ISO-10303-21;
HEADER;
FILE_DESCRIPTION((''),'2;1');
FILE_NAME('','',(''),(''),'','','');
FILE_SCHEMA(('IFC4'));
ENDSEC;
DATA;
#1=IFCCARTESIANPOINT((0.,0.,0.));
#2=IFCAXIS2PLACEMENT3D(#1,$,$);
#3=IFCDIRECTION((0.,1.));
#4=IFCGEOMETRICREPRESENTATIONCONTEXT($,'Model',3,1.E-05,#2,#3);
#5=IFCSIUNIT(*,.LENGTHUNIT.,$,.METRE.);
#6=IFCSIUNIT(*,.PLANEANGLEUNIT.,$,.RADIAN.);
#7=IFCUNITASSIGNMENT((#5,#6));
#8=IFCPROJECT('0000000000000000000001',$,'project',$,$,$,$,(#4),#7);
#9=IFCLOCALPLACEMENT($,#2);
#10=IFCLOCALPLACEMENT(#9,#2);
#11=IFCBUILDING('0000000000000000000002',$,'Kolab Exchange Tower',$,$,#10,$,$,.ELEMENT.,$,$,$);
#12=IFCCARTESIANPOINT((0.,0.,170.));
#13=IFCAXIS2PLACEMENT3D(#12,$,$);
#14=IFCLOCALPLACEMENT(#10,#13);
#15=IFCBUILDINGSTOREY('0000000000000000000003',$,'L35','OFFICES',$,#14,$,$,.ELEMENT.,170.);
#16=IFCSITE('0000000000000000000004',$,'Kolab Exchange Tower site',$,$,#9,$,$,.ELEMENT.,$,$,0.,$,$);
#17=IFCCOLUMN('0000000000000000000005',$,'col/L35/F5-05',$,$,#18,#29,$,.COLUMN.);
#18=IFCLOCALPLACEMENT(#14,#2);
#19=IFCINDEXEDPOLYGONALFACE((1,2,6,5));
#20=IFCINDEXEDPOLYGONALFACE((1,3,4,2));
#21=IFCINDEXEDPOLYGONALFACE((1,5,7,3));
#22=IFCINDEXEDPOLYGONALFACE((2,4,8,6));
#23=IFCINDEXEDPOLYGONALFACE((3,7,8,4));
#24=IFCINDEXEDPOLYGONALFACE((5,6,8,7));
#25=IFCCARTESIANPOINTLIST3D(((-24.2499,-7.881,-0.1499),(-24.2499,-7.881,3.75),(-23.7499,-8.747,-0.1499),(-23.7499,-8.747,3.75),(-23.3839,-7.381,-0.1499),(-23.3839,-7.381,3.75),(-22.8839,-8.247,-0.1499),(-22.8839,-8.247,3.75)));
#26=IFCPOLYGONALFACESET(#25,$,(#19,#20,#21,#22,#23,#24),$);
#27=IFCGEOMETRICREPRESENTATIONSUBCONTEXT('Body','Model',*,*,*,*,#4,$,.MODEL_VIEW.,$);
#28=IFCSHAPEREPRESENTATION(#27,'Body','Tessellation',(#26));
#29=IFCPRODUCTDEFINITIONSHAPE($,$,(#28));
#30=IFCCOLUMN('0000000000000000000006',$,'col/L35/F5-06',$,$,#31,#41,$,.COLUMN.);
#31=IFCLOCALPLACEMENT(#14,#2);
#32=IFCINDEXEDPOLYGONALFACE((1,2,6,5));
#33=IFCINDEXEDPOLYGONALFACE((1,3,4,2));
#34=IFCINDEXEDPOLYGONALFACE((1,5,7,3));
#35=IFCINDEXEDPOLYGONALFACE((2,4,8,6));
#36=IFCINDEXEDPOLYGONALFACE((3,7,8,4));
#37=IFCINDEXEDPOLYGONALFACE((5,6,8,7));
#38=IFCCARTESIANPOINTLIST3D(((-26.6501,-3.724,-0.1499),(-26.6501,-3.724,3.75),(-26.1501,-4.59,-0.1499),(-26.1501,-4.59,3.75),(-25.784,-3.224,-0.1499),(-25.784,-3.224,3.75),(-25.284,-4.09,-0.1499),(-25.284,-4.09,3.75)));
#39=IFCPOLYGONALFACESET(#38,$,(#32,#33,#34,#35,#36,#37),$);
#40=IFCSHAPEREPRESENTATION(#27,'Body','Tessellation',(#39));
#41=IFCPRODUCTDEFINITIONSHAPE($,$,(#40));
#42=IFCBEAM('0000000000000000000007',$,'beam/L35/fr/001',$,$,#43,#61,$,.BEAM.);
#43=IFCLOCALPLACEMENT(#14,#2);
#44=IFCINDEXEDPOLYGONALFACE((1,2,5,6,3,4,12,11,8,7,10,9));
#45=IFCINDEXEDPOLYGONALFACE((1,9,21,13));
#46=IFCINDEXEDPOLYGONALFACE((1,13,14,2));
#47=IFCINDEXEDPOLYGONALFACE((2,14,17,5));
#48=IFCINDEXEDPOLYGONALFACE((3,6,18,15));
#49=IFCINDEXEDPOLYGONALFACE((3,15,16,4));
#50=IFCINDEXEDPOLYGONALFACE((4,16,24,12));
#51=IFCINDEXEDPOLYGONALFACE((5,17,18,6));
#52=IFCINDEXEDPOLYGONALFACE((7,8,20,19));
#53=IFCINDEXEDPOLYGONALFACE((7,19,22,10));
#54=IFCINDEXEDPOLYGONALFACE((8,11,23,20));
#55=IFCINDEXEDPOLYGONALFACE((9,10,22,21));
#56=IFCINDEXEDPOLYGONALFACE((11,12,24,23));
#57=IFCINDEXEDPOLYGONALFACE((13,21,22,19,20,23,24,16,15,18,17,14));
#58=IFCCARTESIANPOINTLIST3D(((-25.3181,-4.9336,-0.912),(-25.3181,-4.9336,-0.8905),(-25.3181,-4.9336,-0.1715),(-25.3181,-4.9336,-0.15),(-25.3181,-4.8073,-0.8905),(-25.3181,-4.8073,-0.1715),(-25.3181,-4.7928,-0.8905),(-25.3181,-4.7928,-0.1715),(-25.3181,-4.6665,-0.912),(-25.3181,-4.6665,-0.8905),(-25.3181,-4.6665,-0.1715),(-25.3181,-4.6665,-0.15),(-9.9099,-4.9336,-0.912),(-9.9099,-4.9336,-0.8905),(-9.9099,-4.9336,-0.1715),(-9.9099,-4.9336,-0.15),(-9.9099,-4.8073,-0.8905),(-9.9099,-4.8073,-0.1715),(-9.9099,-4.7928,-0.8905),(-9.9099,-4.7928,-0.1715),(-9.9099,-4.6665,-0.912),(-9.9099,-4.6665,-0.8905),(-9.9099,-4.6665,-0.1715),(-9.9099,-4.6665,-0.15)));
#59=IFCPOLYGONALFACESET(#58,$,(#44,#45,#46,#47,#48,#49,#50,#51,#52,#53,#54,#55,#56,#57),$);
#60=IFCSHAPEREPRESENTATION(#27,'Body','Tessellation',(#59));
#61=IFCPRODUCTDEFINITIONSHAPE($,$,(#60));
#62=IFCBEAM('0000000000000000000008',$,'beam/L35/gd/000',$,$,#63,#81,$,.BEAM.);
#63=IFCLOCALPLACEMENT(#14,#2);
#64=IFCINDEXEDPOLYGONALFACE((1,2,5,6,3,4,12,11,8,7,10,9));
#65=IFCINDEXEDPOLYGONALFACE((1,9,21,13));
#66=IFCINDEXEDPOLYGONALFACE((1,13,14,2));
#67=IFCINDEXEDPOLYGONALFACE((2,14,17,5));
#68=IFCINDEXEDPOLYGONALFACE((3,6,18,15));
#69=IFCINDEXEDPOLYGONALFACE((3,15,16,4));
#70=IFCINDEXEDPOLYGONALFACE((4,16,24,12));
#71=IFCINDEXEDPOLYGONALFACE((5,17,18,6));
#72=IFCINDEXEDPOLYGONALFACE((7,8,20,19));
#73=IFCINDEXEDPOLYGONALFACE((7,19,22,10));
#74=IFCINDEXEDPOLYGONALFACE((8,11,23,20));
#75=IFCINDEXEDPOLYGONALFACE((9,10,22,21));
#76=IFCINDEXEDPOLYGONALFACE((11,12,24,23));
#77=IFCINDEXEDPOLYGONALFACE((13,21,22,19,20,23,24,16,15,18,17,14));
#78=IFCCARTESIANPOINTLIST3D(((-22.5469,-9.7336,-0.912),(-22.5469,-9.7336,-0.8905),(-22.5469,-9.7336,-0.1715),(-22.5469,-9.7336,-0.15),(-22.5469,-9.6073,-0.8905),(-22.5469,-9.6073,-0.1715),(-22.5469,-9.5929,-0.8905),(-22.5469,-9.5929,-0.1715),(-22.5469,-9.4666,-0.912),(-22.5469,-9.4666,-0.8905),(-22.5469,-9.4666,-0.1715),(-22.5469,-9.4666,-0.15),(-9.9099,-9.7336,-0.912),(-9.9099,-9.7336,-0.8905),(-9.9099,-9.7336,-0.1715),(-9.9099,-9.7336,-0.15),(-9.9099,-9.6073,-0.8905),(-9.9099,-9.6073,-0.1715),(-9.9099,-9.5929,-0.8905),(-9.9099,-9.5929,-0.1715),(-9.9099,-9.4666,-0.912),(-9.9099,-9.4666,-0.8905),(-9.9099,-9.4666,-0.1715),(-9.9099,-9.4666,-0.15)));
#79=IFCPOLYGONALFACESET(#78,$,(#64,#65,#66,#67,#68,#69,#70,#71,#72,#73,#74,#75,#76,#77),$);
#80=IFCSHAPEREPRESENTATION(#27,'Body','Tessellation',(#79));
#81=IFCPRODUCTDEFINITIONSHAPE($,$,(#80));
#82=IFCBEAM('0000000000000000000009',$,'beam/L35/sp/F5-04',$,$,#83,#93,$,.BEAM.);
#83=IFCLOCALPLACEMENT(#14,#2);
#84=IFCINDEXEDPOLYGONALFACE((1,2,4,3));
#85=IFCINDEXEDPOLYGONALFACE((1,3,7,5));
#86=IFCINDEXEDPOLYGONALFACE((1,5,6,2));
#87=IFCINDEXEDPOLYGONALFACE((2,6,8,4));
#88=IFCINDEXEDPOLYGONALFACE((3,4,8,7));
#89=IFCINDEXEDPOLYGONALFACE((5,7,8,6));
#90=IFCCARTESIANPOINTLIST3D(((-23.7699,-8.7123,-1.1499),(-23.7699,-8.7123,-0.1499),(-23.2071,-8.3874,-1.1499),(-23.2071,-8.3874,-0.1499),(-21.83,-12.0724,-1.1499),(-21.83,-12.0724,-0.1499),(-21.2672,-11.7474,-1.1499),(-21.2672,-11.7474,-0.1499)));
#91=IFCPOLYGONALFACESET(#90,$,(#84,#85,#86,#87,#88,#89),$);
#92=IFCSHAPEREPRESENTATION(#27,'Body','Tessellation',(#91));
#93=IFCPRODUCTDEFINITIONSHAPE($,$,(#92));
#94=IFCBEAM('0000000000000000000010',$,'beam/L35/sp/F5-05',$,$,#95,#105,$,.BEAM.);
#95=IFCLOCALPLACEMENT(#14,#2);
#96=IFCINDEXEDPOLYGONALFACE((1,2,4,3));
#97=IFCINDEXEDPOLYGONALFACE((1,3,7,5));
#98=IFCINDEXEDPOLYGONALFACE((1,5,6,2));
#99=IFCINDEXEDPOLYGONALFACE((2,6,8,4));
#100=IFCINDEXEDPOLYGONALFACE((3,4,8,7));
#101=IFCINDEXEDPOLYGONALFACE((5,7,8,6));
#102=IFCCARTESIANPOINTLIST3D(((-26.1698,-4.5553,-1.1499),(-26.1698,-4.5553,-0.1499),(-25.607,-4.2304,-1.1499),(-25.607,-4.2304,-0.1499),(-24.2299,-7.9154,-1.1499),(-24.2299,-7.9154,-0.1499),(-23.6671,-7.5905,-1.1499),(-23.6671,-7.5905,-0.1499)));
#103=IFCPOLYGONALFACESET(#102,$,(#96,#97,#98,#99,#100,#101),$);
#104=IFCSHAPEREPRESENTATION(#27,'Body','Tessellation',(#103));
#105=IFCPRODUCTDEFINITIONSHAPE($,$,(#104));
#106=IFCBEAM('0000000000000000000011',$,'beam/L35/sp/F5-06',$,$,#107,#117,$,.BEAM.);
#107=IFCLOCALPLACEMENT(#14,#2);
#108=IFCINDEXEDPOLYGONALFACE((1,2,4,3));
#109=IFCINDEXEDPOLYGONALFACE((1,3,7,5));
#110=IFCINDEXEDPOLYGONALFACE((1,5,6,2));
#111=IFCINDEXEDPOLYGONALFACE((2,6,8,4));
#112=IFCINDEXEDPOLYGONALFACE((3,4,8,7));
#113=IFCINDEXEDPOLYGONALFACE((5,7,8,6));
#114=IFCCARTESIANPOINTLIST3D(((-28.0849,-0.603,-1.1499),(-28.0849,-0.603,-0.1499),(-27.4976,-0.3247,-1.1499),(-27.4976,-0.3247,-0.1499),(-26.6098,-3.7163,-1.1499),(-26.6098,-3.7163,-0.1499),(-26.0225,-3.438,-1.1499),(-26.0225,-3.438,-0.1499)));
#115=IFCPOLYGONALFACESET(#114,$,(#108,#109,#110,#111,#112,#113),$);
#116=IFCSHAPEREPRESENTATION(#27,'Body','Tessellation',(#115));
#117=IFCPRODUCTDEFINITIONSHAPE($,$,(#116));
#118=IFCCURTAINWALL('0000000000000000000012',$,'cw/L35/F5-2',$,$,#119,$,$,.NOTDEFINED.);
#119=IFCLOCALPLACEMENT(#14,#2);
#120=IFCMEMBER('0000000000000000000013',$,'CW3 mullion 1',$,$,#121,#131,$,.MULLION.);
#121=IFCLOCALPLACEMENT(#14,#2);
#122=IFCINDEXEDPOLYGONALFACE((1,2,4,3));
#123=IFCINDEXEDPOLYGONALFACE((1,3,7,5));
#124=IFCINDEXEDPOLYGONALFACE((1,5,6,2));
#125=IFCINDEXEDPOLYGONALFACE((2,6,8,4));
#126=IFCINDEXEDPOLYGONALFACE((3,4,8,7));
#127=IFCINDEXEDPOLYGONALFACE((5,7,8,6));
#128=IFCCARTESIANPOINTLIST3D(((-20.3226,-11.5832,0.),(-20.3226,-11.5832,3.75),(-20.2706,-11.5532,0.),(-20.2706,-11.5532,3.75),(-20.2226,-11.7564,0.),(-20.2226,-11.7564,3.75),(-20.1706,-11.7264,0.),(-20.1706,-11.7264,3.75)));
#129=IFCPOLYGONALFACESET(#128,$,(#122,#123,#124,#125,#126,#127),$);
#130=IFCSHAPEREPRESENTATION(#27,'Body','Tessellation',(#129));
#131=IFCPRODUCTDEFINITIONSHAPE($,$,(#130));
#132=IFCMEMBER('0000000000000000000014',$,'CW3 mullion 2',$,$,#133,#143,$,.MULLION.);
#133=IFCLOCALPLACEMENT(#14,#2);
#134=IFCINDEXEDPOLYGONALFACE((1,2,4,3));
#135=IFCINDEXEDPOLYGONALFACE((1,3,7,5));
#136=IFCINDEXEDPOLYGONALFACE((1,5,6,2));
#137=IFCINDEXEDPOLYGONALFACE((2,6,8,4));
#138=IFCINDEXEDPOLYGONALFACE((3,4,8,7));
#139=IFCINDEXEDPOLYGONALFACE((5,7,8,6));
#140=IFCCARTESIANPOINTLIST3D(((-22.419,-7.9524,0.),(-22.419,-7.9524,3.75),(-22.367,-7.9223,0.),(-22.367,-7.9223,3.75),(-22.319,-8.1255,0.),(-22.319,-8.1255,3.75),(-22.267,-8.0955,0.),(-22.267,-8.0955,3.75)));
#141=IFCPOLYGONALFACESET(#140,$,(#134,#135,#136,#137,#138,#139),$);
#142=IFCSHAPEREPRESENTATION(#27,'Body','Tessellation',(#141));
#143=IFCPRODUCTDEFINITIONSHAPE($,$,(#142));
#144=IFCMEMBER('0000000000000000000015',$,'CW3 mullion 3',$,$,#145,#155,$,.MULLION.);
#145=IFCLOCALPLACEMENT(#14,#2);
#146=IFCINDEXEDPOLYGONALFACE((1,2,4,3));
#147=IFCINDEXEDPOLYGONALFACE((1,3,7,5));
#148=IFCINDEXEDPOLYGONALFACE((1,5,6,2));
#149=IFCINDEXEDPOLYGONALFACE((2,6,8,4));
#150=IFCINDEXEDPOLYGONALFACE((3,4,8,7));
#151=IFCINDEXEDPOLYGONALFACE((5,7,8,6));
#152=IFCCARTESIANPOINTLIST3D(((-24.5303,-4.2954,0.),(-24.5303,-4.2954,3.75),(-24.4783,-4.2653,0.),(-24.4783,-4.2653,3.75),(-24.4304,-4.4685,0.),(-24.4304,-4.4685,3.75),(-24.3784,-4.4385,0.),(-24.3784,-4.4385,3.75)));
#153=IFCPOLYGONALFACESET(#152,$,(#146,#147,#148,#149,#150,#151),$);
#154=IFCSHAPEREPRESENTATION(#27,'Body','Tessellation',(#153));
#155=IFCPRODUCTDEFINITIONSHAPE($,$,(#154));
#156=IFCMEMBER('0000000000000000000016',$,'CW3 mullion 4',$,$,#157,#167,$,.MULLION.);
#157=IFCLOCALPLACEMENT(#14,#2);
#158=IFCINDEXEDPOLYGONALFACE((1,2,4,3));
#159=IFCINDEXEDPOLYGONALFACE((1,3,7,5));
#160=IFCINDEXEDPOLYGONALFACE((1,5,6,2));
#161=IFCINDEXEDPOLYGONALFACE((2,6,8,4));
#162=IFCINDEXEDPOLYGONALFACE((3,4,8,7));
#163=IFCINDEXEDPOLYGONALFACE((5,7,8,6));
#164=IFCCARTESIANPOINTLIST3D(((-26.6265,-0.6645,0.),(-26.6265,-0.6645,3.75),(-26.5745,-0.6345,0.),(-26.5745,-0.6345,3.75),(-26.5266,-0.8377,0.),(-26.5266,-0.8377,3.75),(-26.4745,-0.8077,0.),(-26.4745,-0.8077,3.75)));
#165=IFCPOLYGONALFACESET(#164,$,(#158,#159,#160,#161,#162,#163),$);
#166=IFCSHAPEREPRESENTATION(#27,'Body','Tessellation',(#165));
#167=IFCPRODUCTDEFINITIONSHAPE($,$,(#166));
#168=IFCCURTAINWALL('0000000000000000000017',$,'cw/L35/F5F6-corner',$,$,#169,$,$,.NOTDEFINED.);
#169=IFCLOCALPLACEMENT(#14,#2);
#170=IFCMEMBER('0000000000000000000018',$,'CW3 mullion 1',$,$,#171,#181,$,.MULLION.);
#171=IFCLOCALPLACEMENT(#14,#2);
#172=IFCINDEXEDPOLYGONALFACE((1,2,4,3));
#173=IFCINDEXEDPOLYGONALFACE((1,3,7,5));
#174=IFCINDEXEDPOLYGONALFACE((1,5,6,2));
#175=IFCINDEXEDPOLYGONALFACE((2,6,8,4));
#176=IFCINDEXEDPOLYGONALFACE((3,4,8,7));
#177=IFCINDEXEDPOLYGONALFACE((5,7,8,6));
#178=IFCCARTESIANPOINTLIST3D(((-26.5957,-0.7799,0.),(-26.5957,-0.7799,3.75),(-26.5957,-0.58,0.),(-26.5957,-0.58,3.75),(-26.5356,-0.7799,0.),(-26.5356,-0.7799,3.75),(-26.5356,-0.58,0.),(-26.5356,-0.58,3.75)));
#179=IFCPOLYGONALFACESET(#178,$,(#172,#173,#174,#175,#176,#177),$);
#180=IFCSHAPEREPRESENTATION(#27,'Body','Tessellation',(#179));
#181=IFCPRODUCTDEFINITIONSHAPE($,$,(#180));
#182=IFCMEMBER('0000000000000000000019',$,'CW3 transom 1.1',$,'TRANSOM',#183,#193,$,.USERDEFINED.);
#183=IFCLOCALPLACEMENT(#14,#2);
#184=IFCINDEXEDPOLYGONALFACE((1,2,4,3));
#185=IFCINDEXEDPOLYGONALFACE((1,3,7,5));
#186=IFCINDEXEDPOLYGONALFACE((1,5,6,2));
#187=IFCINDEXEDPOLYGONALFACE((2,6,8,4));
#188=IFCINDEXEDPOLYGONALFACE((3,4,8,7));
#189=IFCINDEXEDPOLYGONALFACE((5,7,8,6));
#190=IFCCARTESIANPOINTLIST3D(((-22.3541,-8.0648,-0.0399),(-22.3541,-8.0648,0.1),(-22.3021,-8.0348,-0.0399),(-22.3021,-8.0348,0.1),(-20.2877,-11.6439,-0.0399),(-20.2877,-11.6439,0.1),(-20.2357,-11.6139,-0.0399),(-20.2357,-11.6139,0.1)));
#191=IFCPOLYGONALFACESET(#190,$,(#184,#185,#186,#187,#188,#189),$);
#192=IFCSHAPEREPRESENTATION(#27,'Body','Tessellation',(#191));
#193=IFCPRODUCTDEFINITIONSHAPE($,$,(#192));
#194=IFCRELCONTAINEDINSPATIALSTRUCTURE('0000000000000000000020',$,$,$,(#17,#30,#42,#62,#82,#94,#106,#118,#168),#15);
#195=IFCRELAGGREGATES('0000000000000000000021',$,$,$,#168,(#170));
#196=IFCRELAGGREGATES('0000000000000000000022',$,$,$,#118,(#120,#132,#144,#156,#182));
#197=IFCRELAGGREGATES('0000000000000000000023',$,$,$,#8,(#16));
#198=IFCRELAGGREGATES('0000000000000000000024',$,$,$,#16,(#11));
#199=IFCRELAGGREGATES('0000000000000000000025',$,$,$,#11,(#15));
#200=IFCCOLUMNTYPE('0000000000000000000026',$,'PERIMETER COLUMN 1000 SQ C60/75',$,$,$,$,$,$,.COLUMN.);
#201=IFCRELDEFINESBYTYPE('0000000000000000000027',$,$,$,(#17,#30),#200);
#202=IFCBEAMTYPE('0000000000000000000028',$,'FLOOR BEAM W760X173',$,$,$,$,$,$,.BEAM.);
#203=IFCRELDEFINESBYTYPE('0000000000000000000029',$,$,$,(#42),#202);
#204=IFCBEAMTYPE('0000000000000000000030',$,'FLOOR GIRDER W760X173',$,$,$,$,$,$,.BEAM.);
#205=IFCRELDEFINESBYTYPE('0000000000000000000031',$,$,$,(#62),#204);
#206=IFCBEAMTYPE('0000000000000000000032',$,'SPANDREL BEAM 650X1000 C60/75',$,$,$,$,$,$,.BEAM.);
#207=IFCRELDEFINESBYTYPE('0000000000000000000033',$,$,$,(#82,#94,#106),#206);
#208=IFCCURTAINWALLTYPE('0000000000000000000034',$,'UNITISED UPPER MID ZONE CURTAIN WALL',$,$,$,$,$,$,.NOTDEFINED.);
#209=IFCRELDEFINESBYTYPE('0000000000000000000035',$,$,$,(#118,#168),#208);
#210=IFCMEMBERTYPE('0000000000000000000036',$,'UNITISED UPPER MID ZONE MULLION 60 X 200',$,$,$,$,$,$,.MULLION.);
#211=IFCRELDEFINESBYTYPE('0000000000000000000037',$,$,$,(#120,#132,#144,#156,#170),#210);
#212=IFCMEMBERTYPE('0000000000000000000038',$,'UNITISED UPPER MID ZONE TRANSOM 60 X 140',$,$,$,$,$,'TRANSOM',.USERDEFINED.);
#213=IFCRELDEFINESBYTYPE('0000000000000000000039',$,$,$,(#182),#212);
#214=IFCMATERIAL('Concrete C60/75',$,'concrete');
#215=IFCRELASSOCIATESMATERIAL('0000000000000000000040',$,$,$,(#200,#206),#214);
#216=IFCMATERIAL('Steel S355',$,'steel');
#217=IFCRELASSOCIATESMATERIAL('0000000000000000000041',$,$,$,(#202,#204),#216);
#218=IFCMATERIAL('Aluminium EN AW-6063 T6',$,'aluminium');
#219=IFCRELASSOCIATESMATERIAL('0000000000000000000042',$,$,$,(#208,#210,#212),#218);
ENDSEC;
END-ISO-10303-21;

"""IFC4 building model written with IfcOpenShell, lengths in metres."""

from ifc_helpers import new_model, si_unit, direction, frame, origin, origin_2d, place, context, subcontext, project, spatial, rectangle, i_section, extrude, material, material_profile, profile_set, type_object, element, aggregate, save


model = new_model("IFC4")

# Units and contexts
model_context = context("Model", 3, precision=1e-05, world=origin(), true_north=direction((0.0, 1.0)))
body_context = subcontext(model_context, "Body", "Model", "MODEL_VIEW")
ifc_project = project(units=[si_unit("LENGTHUNIT", "METRE"), si_unit("PLANEANGLEUNIT", "RADIAN")], contexts=[model_context])

# Site, building, storey
site_placement = place(None, origin())
site = spatial("IfcSite", under=ifc_project, at=site_placement, Name="Kolab Exchange Tower site", CompositionType="ELEMENT", RefElevation=0.0)
building_placement = place(site_placement, origin())
building = spatial("IfcBuilding", under=site, at=building_placement, Name="Kolab Exchange Tower", CompositionType="ELEMENT")
storey_placement = place(building_placement, frame((0.0, 0.0, 170.0)))
storey = spatial("IfcBuildingStorey", under=building, at=storey_placement, Name="L35", Description="OFFICES", CompositionType="ELEMENT", Elevation=170.0)

# Columns
ifc_material_1 = material(Name="Concrete C60/75", Category="concrete")
ifc_material_profile_1 = material_profile(ifc_material_1, rectangle(XDim=1.0, YDim=1.0, at=origin_2d()), Name="RC1000")
ifc_profile_set_1 = profile_set([ifc_material_profile_1], Name="Concrete C60/75")
column_type = type_object("IfcColumnType", Name="PERIMETER COLUMN 1000 SQ C60/75", PredefinedType="COLUMN", material=ifc_profile_set_1)
for number, where, z_axis, x_axis, name in (
    (1, (-23.5669, -8.064, -0.1499), (0.0, 0.0, 1.0), (0.866025, 0.5, 0.0), "col/L35/F5-05"),
    (2, (-25.967, -3.907, -0.1499), (0.0, 0.0, 1.0), (0.866025, 0.5, 0.0), "col/L35/F5-06"),
):
    element("IfcColumn", number, at=place(storey_placement, frame(where, z_axis=z_axis, x_axis=x_axis)), inside=storey, type_object=column_type, Name=name, PredefinedType="COLUMN", context=body_context, shape_type="SweptSolid", body=[
        extrude(rectangle(XDim=1.0, YDim=1.0, at=origin_2d()), origin(), (0.0, 0.0, 1.0), 3.8999),
    ])

# Beams
ifc_material_2 = material(Name="Steel S355", Category="steel")
ifc_material_profile_2 = material_profile(ifc_material_2, i_section(OverallWidth=0.2671, OverallDepth=0.762, WebThickness=0.0144, FlangeThickness=0.0215, at=origin_2d()), Name="W760X173")
ifc_profile_set_2 = profile_set([ifc_material_profile_2], Name="Steel S355")
beam_type_1 = type_object("IfcBeamType", Name="FLOOR BEAM W760X173", PredefinedType="BEAM", material=ifc_profile_set_2)
beam_1_placement = place(storey_placement, frame((-25.3181, -4.8, -0.531), z_axis=(1.0, 0.0, 0.0), x_axis=(0.0, 1.0, 0.0)))
element("IfcBeam", 3, at=beam_1_placement, inside=storey, type_object=beam_type_1, Name="beam/L35/fr/001", PredefinedType="BEAM", context=body_context, shape_type="SweptSolid", body=[
    extrude(i_section(OverallWidth=0.2671, OverallDepth=0.762, WebThickness=0.0144, FlangeThickness=0.0215, at=origin_2d()), origin(), (0.0, 0.0, 1.0), 15.4082),
])
ifc_material_profile_3 = material_profile(ifc_material_2, i_section(OverallWidth=0.2671, OverallDepth=0.762, WebThickness=0.0144, FlangeThickness=0.0215, at=origin_2d()), Name="W760X173")
ifc_profile_set_3 = profile_set([ifc_material_profile_3], Name="Steel S355")
beam_type_2 = type_object("IfcBeamType", Name="FLOOR GIRDER W760X173", PredefinedType="BEAM", material=ifc_profile_set_3)
beam_2_placement = place(storey_placement, frame((-22.5469, -9.6001, -0.531), z_axis=(1.0, 0.0, 0.0), x_axis=(0.0, 1.0, 0.0)))
element("IfcBeam", 4, at=beam_2_placement, inside=storey, type_object=beam_type_2, Name="beam/L35/gd/000", PredefinedType="BEAM", context=body_context, shape_type="SweptSolid", body=[
    extrude(i_section(OverallWidth=0.2671, OverallDepth=0.762, WebThickness=0.0144, FlangeThickness=0.0215, at=origin_2d()), origin(), (0.0, 0.0, 1.0), 12.637),
])
ifc_material_profile_4 = material_profile(ifc_material_1, rectangle(XDim=0.6499, YDim=1.0, at=origin_2d()), Name="RC650X1000")
ifc_profile_set_4 = profile_set([ifc_material_profile_4], Name="Concrete C60/75")
beam_type_3 = type_object("IfcBeamType", Name="SPANDREL BEAM 650X1000 C60/75", PredefinedType="BEAM", material=ifc_profile_set_4)
for number, where, z_axis, x_axis, name in (
    (5, (-21.5486, -11.9099, -0.6499), (-0.499997, 0.866027, 0.0), (-0.866027, -0.499997, 0.0), "beam/L35/sp/F5-04"),
    (6, (-23.9485, -7.7529, -0.6499), (-0.499997, 0.866027, 0.0), (-0.866027, -0.499997, 0.0), "beam/L35/sp/F5-05"),
):
    element("IfcBeam", number, at=place(storey_placement, frame(where, z_axis=z_axis, x_axis=x_axis)), inside=storey, type_object=beam_type_3, Name=name, PredefinedType="BEAM", context=body_context, shape_type="SweptSolid", body=[
        extrude(rectangle(XDim=0.6499, YDim=1.0, at=origin_2d()), origin(), (0.0, 0.0, 1.0), 3.8799),
    ])
beam_3_placement = place(storey_placement, frame((-26.3162, -3.5771, -0.6499), z_axis=(-0.428178, 0.903695, 0.0), x_axis=(-0.903695, -0.428178, 0.0)))
element("IfcBeam", 7, at=beam_3_placement, inside=storey, type_object=beam_type_3, Name="beam/L35/sp/F5-06", PredefinedType="BEAM", context=body_context, shape_type="SweptSolid", body=[
    extrude(rectangle(XDim=0.6499, YDim=1.0, at=origin_2d()), origin(), (0.0, 0.0, 1.0), 3.4451),
])

# Curtain wall, members
ifc_material_3 = material(Name="Aluminium EN AW-6063 T6", Category="aluminium")
curtain_wall_type = type_object("IfcCurtainWallType", Name="UNITISED UPPER MID ZONE CURTAIN WALL", PredefinedType="NOTDEFINED", material=ifc_material_3)
curtain_wall_1_placement = place(storey_placement, origin())
curtain_wall_1 = element("IfcCurtainWall", 8, at=curtain_wall_1_placement, inside=storey, type_object=curtain_wall_type, Name="cw/L35/F5-2", PredefinedType="NOTDEFINED")
ifc_material_profile_5 = material_profile(ifc_material_3, rectangle(XDim=0.0601, YDim=0.2, at=origin_2d()), Name="RECT 60X200")
ifc_profile_set_5 = profile_set([ifc_material_profile_5], Name="Aluminium EN AW-6063 T6")
member_type_1 = type_object("IfcMemberType", Name="UNITISED UPPER MID ZONE MULLION 60 X 200", PredefinedType="MULLION", material=ifc_profile_set_5)
member_1_placement = place(storey_placement, frame((-20.2466, -11.6548, 0.0), z_axis=(0.0, 0.0, 1.0), x_axis=(-0.866025, -0.5, 0.0)))
member_1 = element("IfcMember", 9, at=member_1_placement, type_object=member_type_1, Name="CW3 mullion 1", PredefinedType="MULLION", context=body_context, shape_type="SweptSolid", body=[
    extrude(rectangle(XDim=0.0601, YDim=0.2, at=origin_2d()), origin(), (0.0, 0.0, 1.0), 3.75),
])
member_2_placement = place(storey_placement, frame((-22.343, -8.0239, 0.0), z_axis=(0.0, 0.0, 1.0), x_axis=(-0.866025, -0.5, 0.0)))
member_2 = element("IfcMember", 10, at=member_2_placement, type_object=member_type_1, Name="CW3 mullion 2", PredefinedType="MULLION", context=body_context, shape_type="SweptSolid", body=[
    extrude(rectangle(XDim=0.0601, YDim=0.2, at=origin_2d()), origin(), (0.0, 0.0, 1.0), 3.75),
])
member_3_placement = place(storey_placement, frame((-24.4543, -4.3669, 0.0), z_axis=(0.0, 0.0, 1.0), x_axis=(-0.866025, -0.5, 0.0)))
member_3 = element("IfcMember", 11, at=member_3_placement, type_object=member_type_1, Name="CW3 mullion 3", PredefinedType="MULLION", context=body_context, shape_type="SweptSolid", body=[
    extrude(rectangle(XDim=0.0601, YDim=0.2, at=origin_2d()), origin(), (0.0, 0.0, 1.0), 3.75),
])
member_4_placement = place(storey_placement, frame((-26.5505, -0.7361, 0.0), z_axis=(0.0, 0.0, 1.0), x_axis=(-0.866025, -0.5, 0.0)))
member_4 = element("IfcMember", 12, at=member_4_placement, type_object=member_type_1, Name="CW3 mullion 4", PredefinedType="MULLION", context=body_context, shape_type="SweptSolid", body=[
    extrude(rectangle(XDim=0.0601, YDim=0.2, at=origin_2d()), origin(), (0.0, 0.0, 1.0), 3.75),
])

# Curtain wall, member
curtain_wall_2_placement = place(storey_placement, origin())
curtain_wall_2 = element("IfcCurtainWall", 13, at=curtain_wall_2_placement, inside=storey, type_object=curtain_wall_type, Name="cw/L35/F5F6-corner", PredefinedType="NOTDEFINED")
member_5_placement = place(storey_placement, frame((-26.5657, -0.6799, 0.0), z_axis=(0.0, 0.0, 1.0), x_axis=(-1.0, 0.0, 0.0)))
member_5 = element("IfcMember", 14, at=member_5_placement, type_object=member_type_1, Name="CW3 mullion 1", PredefinedType="MULLION", context=body_context, shape_type="SweptSolid", body=[
    extrude(rectangle(XDim=0.0601, YDim=0.2, at=origin_2d()), origin(), (0.0, 0.0, 1.0), 3.75),
])

# Member
ifc_material_profile_6 = material_profile(ifc_material_3, rectangle(XDim=0.0601, YDim=0.1399, at=origin_2d()), Name="RECT 60X140")
ifc_profile_set_6 = profile_set([ifc_material_profile_6], Name="Aluminium EN AW-6063 T6")
member_type_2 = type_object("IfcMemberType", Name="UNITISED UPPER MID ZONE TRANSOM 60 X 140", ElementType="TRANSOM", PredefinedType="USERDEFINED", material=ifc_profile_set_6)
member_6_placement = place(storey_placement, frame((-20.2617, -11.6289, 0.03), z_axis=(-0.500002, 0.866024, 0.0), x_axis=(-0.866024, -0.500002, 0.0)))
member_6 = element("IfcMember", 15, at=member_6_placement, type_object=member_type_2, Name="CW3 transom 1.1", ObjectType="TRANSOM", PredefinedType="USERDEFINED", context=body_context, shape_type="SweptSolid", body=[
    extrude(rectangle(XDim=0.0601, YDim=0.1399, at=origin_2d()), origin(), (0.0, 0.0, 1.0), 4.1328),
])
aggregate(curtain_wall_2, [member_5])

aggregate(curtain_wall_1, [member_1, member_2, member_3, member_4, member_6])

save(model, "model.ifc")
